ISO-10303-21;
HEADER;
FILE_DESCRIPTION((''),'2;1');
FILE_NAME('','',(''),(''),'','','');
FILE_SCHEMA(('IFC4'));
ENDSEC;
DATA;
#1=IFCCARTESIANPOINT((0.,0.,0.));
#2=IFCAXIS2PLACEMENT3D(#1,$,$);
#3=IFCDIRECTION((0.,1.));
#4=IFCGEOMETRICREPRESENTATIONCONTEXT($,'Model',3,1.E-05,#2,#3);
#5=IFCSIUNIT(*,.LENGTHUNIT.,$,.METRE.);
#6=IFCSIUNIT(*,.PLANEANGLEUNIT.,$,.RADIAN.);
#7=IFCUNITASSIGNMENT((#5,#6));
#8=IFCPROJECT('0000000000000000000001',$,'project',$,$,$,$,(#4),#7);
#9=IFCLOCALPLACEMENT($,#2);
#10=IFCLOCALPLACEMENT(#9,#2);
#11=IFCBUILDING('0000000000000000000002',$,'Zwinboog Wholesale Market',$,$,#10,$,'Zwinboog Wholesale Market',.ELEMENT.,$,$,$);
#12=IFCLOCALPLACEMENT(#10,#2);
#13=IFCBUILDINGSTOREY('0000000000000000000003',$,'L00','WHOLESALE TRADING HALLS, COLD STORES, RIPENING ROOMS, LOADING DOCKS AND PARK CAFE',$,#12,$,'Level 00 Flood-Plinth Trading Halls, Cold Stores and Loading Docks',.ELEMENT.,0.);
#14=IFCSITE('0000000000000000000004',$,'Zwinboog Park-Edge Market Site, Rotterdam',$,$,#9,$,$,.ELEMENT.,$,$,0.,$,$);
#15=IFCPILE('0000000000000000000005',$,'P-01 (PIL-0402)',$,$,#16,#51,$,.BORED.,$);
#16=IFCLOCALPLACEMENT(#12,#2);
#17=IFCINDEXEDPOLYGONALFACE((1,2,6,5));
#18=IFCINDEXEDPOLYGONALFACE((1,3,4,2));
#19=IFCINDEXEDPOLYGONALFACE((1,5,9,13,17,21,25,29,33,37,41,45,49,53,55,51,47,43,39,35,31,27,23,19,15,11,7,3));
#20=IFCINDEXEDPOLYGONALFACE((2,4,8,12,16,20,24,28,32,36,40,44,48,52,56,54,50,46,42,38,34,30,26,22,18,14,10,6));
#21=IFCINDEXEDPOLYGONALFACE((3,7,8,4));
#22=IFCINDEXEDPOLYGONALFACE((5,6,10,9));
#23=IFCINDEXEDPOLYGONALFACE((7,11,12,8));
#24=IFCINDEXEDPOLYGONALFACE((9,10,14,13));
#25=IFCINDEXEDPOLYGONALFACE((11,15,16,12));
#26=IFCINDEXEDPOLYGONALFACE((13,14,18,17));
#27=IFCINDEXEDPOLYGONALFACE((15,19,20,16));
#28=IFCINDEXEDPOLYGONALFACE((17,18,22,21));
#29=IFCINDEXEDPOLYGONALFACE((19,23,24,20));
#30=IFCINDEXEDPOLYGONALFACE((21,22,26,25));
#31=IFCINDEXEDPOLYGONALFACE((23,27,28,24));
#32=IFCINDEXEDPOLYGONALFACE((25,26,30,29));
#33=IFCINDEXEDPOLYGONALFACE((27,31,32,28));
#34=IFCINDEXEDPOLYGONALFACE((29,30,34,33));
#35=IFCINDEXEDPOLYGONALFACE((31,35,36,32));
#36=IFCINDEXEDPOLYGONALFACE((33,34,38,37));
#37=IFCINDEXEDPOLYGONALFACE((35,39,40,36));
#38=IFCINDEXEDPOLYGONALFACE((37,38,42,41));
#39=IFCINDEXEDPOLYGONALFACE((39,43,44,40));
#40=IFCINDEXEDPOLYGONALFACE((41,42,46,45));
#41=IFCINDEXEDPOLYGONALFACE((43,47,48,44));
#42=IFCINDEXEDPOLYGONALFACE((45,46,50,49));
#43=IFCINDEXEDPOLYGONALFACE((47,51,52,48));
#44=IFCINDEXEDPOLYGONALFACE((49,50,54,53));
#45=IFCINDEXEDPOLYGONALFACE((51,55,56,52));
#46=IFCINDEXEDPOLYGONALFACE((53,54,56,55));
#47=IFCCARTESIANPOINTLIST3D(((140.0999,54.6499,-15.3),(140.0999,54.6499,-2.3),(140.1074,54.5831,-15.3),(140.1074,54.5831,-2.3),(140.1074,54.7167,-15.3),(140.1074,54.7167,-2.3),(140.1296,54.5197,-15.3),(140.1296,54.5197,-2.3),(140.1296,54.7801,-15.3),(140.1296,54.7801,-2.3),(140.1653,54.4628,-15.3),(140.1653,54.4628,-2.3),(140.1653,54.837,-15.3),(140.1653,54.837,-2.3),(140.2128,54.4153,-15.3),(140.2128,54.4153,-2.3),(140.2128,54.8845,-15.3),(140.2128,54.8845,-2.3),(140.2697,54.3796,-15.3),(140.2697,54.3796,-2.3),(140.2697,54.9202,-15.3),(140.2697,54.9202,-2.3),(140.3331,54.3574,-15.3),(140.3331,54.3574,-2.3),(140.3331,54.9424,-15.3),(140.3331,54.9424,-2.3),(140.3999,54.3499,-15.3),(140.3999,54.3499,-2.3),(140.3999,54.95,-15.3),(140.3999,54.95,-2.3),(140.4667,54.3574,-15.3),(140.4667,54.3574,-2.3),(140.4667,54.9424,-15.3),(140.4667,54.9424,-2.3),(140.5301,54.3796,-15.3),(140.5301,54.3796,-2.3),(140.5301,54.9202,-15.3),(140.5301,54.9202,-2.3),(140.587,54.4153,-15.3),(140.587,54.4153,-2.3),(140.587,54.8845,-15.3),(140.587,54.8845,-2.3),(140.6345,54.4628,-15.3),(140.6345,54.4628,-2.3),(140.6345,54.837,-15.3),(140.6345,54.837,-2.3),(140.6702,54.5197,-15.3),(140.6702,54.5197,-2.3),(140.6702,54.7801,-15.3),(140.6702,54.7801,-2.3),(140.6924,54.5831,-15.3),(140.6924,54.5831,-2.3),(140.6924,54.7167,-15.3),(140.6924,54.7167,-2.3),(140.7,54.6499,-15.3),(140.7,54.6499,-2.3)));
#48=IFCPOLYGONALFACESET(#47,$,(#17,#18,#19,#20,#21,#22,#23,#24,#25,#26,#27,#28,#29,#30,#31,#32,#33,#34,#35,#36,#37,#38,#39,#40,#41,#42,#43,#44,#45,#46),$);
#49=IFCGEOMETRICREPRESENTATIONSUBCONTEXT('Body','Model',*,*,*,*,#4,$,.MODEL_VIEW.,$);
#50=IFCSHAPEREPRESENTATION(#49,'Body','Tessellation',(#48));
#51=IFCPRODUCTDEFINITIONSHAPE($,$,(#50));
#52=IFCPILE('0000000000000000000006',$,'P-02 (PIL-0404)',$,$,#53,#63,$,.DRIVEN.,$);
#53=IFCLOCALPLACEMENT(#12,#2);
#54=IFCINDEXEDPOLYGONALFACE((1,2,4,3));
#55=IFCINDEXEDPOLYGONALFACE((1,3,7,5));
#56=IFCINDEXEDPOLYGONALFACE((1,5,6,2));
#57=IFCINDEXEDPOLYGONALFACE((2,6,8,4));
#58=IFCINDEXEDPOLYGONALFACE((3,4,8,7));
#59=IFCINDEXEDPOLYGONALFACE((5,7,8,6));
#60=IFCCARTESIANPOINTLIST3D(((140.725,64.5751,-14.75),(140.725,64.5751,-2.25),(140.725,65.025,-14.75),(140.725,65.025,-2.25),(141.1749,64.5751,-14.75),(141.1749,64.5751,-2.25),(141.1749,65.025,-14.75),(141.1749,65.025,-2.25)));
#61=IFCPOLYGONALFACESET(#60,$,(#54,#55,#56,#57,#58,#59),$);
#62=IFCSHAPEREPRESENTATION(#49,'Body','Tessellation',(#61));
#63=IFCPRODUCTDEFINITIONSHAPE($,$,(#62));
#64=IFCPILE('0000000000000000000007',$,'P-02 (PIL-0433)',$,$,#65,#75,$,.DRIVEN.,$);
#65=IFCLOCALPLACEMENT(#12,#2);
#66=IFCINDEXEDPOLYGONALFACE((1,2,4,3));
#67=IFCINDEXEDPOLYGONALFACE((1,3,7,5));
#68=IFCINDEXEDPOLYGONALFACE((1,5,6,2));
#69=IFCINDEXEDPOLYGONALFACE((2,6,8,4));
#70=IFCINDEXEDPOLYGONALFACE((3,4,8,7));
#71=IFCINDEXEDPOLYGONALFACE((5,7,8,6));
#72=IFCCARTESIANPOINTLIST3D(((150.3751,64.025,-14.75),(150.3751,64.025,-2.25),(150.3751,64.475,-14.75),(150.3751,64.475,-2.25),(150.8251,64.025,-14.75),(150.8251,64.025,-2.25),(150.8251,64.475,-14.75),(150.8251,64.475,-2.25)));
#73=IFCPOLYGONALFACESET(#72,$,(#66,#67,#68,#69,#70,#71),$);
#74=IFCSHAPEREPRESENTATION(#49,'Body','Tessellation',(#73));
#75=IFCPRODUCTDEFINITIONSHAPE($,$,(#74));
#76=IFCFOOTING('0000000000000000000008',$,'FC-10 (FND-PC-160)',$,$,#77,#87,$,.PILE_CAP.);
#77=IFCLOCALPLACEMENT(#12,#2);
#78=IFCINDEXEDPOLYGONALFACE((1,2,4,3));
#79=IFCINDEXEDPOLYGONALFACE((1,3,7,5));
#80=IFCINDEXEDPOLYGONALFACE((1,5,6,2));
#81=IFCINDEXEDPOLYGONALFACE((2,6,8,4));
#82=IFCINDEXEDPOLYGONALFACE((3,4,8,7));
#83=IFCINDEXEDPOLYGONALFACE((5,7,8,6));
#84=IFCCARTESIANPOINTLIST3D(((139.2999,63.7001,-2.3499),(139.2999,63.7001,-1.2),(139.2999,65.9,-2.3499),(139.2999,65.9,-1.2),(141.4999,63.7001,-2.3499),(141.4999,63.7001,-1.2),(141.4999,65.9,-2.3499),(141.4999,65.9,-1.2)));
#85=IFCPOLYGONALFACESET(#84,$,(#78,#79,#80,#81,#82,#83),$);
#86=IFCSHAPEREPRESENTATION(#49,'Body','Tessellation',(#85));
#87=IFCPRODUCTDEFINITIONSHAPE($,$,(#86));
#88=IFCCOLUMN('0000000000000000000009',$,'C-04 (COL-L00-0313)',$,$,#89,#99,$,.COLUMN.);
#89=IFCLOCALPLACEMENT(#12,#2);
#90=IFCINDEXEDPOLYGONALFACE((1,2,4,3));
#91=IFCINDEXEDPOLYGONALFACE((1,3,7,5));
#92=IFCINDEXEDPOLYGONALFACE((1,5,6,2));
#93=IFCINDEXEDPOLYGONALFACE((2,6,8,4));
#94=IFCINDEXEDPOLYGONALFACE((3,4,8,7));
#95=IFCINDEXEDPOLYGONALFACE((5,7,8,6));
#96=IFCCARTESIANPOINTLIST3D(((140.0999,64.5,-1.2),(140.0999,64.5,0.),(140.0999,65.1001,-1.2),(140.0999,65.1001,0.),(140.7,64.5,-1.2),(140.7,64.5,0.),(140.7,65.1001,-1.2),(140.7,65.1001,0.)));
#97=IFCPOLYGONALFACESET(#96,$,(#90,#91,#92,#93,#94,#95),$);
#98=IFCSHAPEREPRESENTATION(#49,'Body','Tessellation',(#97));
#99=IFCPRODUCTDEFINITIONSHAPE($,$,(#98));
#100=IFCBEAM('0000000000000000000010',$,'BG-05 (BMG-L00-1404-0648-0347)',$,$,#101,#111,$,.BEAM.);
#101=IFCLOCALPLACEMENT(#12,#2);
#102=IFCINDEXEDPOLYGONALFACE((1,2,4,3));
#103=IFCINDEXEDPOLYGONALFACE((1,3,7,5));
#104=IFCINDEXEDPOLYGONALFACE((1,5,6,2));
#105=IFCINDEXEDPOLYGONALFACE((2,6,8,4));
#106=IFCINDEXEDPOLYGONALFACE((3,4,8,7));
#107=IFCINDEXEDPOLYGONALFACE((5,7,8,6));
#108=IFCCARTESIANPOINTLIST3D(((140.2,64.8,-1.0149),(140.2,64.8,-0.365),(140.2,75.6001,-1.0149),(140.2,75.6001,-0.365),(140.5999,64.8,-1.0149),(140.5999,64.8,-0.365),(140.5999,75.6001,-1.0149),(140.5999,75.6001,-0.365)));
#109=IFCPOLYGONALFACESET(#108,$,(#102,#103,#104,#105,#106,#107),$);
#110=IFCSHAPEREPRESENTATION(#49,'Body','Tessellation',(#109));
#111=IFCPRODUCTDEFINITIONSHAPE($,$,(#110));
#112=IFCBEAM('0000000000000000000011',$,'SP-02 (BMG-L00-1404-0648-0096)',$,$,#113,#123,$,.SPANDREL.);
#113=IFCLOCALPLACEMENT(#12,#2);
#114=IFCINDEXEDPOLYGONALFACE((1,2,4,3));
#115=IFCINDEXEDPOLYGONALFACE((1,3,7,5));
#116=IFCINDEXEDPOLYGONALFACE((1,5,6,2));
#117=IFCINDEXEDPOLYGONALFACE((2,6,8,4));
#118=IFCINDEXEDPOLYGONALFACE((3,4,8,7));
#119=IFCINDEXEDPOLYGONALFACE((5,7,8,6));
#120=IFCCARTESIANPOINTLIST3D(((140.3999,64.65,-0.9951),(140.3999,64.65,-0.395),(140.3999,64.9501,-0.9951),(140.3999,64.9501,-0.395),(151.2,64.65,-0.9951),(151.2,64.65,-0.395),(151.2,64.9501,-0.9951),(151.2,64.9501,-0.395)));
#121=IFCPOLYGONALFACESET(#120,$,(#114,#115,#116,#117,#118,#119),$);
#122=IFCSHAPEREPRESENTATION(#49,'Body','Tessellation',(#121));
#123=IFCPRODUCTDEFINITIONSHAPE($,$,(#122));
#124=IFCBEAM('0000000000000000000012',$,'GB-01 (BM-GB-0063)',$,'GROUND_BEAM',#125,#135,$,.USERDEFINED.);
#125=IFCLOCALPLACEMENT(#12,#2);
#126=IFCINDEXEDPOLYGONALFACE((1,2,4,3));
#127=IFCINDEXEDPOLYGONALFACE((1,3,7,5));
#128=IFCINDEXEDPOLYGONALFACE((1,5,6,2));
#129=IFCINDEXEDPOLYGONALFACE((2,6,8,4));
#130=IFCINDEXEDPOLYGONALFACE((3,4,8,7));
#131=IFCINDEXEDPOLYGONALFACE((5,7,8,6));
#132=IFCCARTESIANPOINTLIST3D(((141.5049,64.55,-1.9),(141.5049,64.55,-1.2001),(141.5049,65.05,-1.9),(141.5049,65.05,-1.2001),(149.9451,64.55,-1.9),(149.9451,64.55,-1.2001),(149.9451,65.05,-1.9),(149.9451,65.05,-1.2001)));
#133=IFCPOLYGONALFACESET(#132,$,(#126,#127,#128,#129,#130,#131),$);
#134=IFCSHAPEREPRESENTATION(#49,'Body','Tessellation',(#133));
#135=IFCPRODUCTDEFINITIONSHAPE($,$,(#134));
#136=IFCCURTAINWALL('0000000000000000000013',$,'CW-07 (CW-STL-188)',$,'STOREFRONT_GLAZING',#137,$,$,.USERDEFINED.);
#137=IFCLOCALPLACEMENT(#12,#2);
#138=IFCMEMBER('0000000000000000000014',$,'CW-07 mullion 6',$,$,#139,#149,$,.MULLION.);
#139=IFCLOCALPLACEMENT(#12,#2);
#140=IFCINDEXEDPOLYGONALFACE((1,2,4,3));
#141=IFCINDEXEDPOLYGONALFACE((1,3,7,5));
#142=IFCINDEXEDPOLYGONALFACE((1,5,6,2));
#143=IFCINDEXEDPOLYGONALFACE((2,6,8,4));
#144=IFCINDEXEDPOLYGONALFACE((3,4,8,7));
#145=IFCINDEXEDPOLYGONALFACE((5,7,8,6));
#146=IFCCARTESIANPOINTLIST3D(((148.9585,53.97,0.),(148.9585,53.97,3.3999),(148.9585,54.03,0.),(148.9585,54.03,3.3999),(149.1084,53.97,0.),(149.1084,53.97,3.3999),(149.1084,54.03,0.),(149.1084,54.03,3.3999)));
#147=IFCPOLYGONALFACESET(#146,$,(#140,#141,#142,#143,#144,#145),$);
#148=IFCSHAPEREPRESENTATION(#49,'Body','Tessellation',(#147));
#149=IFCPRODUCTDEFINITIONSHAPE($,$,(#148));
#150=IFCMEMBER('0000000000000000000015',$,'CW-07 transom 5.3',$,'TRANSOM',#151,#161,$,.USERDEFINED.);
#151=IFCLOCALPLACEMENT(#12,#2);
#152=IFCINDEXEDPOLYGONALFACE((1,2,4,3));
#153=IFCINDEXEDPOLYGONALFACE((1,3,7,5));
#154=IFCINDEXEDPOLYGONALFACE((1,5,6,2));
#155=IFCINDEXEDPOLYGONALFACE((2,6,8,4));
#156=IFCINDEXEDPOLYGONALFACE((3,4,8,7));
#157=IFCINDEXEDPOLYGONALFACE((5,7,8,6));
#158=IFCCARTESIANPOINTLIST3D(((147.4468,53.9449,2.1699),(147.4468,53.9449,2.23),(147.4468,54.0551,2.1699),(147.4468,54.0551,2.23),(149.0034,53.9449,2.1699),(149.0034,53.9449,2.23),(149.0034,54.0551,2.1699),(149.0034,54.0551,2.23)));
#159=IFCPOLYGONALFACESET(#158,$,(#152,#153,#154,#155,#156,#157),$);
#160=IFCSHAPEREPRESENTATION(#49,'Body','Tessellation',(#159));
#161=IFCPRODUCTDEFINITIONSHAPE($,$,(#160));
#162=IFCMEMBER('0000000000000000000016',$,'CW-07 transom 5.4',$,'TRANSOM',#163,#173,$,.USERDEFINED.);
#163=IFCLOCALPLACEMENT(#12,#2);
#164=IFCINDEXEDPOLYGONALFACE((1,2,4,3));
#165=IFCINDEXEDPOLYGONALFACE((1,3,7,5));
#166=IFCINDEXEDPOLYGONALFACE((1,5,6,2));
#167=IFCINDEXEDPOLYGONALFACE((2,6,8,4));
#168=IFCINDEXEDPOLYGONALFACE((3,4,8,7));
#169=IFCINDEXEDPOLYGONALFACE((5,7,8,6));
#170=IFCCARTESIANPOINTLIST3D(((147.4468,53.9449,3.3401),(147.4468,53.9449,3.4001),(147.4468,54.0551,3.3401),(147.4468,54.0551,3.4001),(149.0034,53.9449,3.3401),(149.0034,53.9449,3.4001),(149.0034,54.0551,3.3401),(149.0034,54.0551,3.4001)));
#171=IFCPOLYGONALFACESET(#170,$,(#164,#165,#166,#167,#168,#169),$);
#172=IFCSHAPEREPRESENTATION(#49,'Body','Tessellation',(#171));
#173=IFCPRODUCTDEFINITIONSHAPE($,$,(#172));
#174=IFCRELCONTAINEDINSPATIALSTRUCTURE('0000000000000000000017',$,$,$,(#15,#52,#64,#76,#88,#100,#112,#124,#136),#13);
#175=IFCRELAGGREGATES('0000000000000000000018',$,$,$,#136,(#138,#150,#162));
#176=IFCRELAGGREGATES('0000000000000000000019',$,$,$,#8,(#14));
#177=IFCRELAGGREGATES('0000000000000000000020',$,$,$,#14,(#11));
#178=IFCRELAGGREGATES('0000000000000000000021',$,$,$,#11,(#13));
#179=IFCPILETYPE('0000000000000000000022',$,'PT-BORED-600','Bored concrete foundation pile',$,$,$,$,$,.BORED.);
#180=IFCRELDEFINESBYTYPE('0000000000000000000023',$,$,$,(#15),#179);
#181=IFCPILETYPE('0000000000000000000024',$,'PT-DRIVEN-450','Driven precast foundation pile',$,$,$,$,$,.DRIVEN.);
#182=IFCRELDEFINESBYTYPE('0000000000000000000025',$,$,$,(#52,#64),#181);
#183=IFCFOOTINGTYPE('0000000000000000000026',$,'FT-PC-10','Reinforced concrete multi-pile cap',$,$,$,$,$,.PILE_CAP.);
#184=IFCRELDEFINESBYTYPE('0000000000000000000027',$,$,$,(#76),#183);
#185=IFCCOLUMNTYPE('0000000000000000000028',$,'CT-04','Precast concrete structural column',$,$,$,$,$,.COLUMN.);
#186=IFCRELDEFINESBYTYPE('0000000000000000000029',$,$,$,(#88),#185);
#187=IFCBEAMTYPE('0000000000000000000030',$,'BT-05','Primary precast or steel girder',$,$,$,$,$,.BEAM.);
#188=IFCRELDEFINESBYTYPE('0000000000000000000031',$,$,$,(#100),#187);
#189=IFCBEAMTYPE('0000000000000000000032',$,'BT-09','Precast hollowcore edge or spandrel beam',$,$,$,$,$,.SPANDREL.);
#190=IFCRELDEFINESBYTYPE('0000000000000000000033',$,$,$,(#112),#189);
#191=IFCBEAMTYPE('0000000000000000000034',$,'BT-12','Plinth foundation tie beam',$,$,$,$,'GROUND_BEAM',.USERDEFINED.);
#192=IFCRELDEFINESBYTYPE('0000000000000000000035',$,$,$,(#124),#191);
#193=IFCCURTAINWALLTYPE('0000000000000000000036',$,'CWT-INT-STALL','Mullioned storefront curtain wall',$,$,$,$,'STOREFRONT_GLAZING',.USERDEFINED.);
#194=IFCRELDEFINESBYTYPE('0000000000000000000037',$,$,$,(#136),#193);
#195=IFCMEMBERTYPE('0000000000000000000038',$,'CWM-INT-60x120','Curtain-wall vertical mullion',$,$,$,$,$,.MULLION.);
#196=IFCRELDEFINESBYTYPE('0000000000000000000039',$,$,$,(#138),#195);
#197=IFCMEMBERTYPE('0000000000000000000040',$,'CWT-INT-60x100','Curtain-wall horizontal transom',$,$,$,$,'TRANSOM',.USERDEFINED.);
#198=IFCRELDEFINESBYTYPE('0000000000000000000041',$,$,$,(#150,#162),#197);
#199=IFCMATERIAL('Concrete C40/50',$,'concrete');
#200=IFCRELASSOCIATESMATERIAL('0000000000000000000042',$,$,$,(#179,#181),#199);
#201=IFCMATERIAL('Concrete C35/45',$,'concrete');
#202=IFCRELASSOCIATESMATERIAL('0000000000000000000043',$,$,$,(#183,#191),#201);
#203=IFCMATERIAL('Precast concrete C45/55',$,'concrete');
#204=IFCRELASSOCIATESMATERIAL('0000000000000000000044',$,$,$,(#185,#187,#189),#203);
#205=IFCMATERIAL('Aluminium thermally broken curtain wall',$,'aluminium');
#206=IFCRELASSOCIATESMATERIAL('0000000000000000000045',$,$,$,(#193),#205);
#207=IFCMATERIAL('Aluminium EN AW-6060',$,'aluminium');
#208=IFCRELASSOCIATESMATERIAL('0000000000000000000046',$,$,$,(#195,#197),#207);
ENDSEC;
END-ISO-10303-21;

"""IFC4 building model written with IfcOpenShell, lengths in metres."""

from ifc_helpers import new_model, si_unit, direction, frame, origin, origin_2d, place, context, subcontext, project, spatial, rectangle, circle, extrude, material, material_profile, profile_set, type_object, element, aggregate, save


model = new_model("IFC4")

# Units and contexts
model_context = context("Model", 3, precision=1e-05, world=origin(), true_north=direction((0.0, 1.0)))
body_context = subcontext(model_context, "Body", "Model", "MODEL_VIEW")
ifc_project = project(units=[si_unit("LENGTHUNIT", "METRE"), si_unit("PLANEANGLEUNIT", "RADIAN")], contexts=[model_context])

# Site, building, storey
site_placement = place(None, origin())
site = spatial("IfcSite", under=ifc_project, at=site_placement, Name="Zwinboog Park-Edge Market Site, Rotterdam", CompositionType="ELEMENT", RefElevation=0.0)
building_placement = place(site_placement, origin())
building = spatial("IfcBuilding", under=site, at=building_placement, Name="Zwinboog Wholesale Market", LongName="Zwinboog Wholesale Market", CompositionType="ELEMENT")
storey_placement = place(building_placement, origin())
storey = spatial("IfcBuildingStorey", under=building, at=storey_placement, Name="L00", Description="WHOLESALE TRADING HALLS, COLD STORES, RIPENING ROOMS, LOADING DOCKS AND PARK CAFE", LongName="Level 00 Flood-Plinth Trading Halls, Cold Stores and Loading Docks", CompositionType="ELEMENT", Elevation=0.0)

# Piles
ifc_material_1 = material(Name="Concrete C40/50", Category="concrete")
ifc_material_profile_1 = material_profile(ifc_material_1, circle(Radius=0.3, at=origin_2d()), Name="PILE D600")
ifc_profile_set_1 = profile_set([ifc_material_profile_1], Name="Concrete C40/50")
pile_type_1 = type_object("IfcPileType", Name="PT-BORED-600", Description="Bored concrete foundation pile", PredefinedType="BORED", material=ifc_profile_set_1)
pile_placement = place(storey_placement, frame((140.3999, 54.6499, -2.3), z_axis=(0.0, 0.0, -1.0), x_axis=(1.0, 0.0, 0.0)))
element("IfcPile", 1, at=pile_placement, inside=storey, type_object=pile_type_1, Name="P-01 (PIL-0402)", PredefinedType="BORED", context=body_context, shape_type="SweptSolid", body=[
    extrude(circle(Radius=0.3, at=origin_2d()), origin(), (0.0, 0.0, 1.0), 13.0),
])
ifc_material_profile_2 = material_profile(ifc_material_1, rectangle(XDim=0.45, YDim=0.45, at=origin_2d()), Name="PILE SQ450")
ifc_profile_set_2 = profile_set([ifc_material_profile_2], Name="Concrete C40/50")
pile_type_2 = type_object("IfcPileType", Name="PT-DRIVEN-450", Description="Driven precast foundation pile", PredefinedType="DRIVEN", material=ifc_profile_set_2)
for number, where, z_axis, x_axis, name in (
    (2, (140.95, 64.8, -2.25), (0.0, 0.0, -1.0), (1.0, 0.0, 0.0), "P-02 (PIL-0404)"),
    (3, (150.6001, 64.25, -2.25), (0.0, 0.0, -1.0), (1.0, 0.0, 0.0), "P-02 (PIL-0433)"),
):
    element("IfcPile", number, at=place(storey_placement, frame(where, z_axis=z_axis, x_axis=x_axis)), inside=storey, type_object=pile_type_2, Name=name, PredefinedType="DRIVEN", context=body_context, shape_type="SweptSolid", body=[
        extrude(rectangle(XDim=0.45, YDim=0.45, at=origin_2d()), origin(), (0.0, 0.0, 1.0), 12.5),
    ])

# Footing
ifc_material_2 = material(Name="Concrete C35/45", Category="concrete")
footing_type = type_object("IfcFootingType", Name="FT-PC-10", Description="Reinforced concrete multi-pile cap", PredefinedType="PILE_CAP", material=ifc_material_2)
footing_placement = place(storey_placement, frame((140.3999, 64.8, -2.3499), z_axis=(0.0, 0.0, 1.0), x_axis=(1.0, 0.0, 0.0)))
element("IfcFooting", 4, at=footing_placement, inside=storey, type_object=footing_type, Name="FC-10 (FND-PC-160)", PredefinedType="PILE_CAP", context=body_context, shape_type="SweptSolid", body=[
    extrude(rectangle(XDim=2.2, YDim=2.2, at=origin_2d()), origin(), (0.0, 0.0, 1.0), 1.1499),
])

# Column
ifc_material_3 = material(Name="Precast concrete C45/55", Category="concrete")
ifc_material_profile_3 = material_profile(ifc_material_3, rectangle(XDim=0.6001, YDim=0.6001, at=origin_2d()), Name="PC 600x600")
ifc_profile_set_3 = profile_set([ifc_material_profile_3], Name="Precast concrete C45/55")
column_type = type_object("IfcColumnType", Name="CT-04", Description="Precast concrete structural column", PredefinedType="COLUMN", material=ifc_profile_set_3)
column_placement = place(storey_placement, frame((140.3999, 64.8, -1.2), z_axis=(0.0, 0.0, 1.0), x_axis=(1.0, 0.0, 0.0)))
element("IfcColumn", 5, at=column_placement, inside=storey, type_object=column_type, Name="C-04 (COL-L00-0313)", PredefinedType="COLUMN", context=body_context, shape_type="SweptSolid", body=[
    extrude(rectangle(XDim=0.6001, YDim=0.6001, at=origin_2d()), origin(), (0.0, 0.0, 1.0), 1.2),
])

# Beams
ifc_material_profile_4 = material_profile(ifc_material_3, rectangle(XDim=0.3999, YDim=0.6499, at=origin_2d()), Name="PC 400x650")
ifc_profile_set_4 = profile_set([ifc_material_profile_4], Name="Precast concrete C45/55")
beam_type_1 = type_object("IfcBeamType", Name="BT-05", Description="Primary precast or steel girder", PredefinedType="BEAM", material=ifc_profile_set_4)
beam_1_placement = place(storey_placement, frame((140.3999, 64.8, -0.6899), z_axis=(0.0, 1.0, 0.0), x_axis=(-1.0, 0.0, 0.0)))
element("IfcBeam", 6, at=beam_1_placement, inside=storey, type_object=beam_type_1, Name="BG-05 (BMG-L00-1404-0648-0347)", PredefinedType="BEAM", context=body_context, shape_type="SweptSolid", body=[
    extrude(rectangle(XDim=0.3999, YDim=0.6499, at=origin_2d()), origin(), (0.0, 0.0, 1.0), 10.8),
])
ifc_material_profile_5 = material_profile(ifc_material_3, rectangle(XDim=0.3, YDim=0.6001, at=origin_2d()), Name="PC 300x600")
ifc_profile_set_5 = profile_set([ifc_material_profile_5], Name="Precast concrete C45/55")
beam_type_2 = type_object("IfcBeamType", Name="BT-09", Description="Precast hollowcore edge or spandrel beam", PredefinedType="SPANDREL", material=ifc_profile_set_5)
beam_2_placement = place(storey_placement, frame((140.3999, 64.8, -0.6951), z_axis=(1.0, 0.0, 0.0), x_axis=(0.0, 1.0, 0.0)))
element("IfcBeam", 7, at=beam_2_placement, inside=storey, type_object=beam_type_2, Name="SP-02 (BMG-L00-1404-0648-0096)", PredefinedType="SPANDREL", context=body_context, shape_type="SweptSolid", body=[
    extrude(rectangle(XDim=0.3, YDim=0.6001, at=origin_2d()), origin(), (0.0, 0.0, 1.0), 10.8),
])
ifc_material_profile_6 = material_profile(ifc_material_2, rectangle(XDim=0.5, YDim=0.7, at=origin_2d()), Name="RC 500x700")
ifc_profile_set_6 = profile_set([ifc_material_profile_6], Name="Concrete C35/45")
beam_type_3 = type_object("IfcBeamType", Name="BT-12", Description="Plinth foundation tie beam", ElementType="GROUND_BEAM", PredefinedType="USERDEFINED", material=ifc_profile_set_6)
beam_3_placement = place(storey_placement, frame((141.5049, 64.8, -1.55), z_axis=(1.0, 0.0, 0.0), x_axis=(0.0, 1.0, 0.0)))
element("IfcBeam", 8, at=beam_3_placement, inside=storey, type_object=beam_type_3, Name="GB-01 (BM-GB-0063)", ObjectType="GROUND_BEAM", PredefinedType="USERDEFINED", context=body_context, shape_type="SweptSolid", body=[
    extrude(rectangle(XDim=0.5, YDim=0.7, at=origin_2d()), origin(), (0.0, 0.0, 1.0), 8.4402),
])

# Curtain wall, members
ifc_material_4 = material(Name="Aluminium thermally broken curtain wall", Category="aluminium")
curtain_wall_type = type_object("IfcCurtainWallType", Name="CWT-INT-STALL", Description="Mullioned storefront curtain wall", ElementType="STOREFRONT_GLAZING", PredefinedType="USERDEFINED", material=ifc_material_4)
curtain_wall_placement = place(storey_placement, origin())
curtain_wall = element("IfcCurtainWall", 9, at=curtain_wall_placement, inside=storey, type_object=curtain_wall_type, Name="CW-07 (CW-STL-188)", ObjectType="STOREFRONT_GLAZING", PredefinedType="USERDEFINED")
ifc_material_5 = material(Name="Aluminium EN AW-6060", Category="aluminium")
ifc_material_profile_7 = material_profile(ifc_material_5, rectangle(XDim=0.0601, YDim=0.1499, at=origin_2d()), Name="AL 60x150")
ifc_profile_set_7 = profile_set([ifc_material_profile_7], Name="Aluminium EN AW-6060")
member_type_1 = type_object("IfcMemberType", Name="CWM-INT-60x120", Description="Curtain-wall vertical mullion", PredefinedType="MULLION", material=ifc_profile_set_7)
member_1_placement = place(storey_placement, frame((149.0334, 54.0, 0.0), z_axis=(0.0, 0.0, 1.0), x_axis=(0.0, 1.0, 0.0)))
member_1 = element("IfcMember", 10, at=member_1_placement, type_object=member_type_1, Name="CW-07 mullion 6", PredefinedType="MULLION", context=body_context, shape_type="SweptSolid", body=[
    extrude(rectangle(XDim=0.0601, YDim=0.1499, at=origin_2d()), origin(), (0.0, 0.0, 1.0), 3.3999),
])
ifc_material_profile_8 = material_profile(ifc_material_5, rectangle(XDim=0.1101, YDim=0.0601, at=origin_2d()), Name="AL 60x110")
ifc_profile_set_8 = profile_set([ifc_material_profile_8], Name="Aluminium EN AW-6060")
member_type_2 = type_object("IfcMemberType", Name="CWT-INT-60x100", Description="Curtain-wall horizontal transom", ElementType="TRANSOM", PredefinedType="USERDEFINED", material=ifc_profile_set_8)
member_2_placement = place(storey_placement, frame((147.4468, 54.0, 2.2), z_axis=(1.0, 0.0, 0.0), x_axis=(0.0, 1.0, 0.0)))
member_2 = element("IfcMember", 11, at=member_2_placement, type_object=member_type_2, Name="CW-07 transom 5.3", ObjectType="TRANSOM", PredefinedType="USERDEFINED", context=body_context, shape_type="SweptSolid", body=[
    extrude(rectangle(XDim=0.1101, YDim=0.0601, at=origin_2d()), origin(), (0.0, 0.0, 1.0), 1.5566),
])
member_3_placement = place(storey_placement, frame((147.4468, 54.0, 3.3701), z_axis=(1.0, 0.0, 0.0), x_axis=(0.0, 1.0, 0.0)))
member_3 = element("IfcMember", 12, at=member_3_placement, type_object=member_type_2, Name="CW-07 transom 5.4", ObjectType="TRANSOM", PredefinedType="USERDEFINED", context=body_context, shape_type="SweptSolid", body=[
    extrude(rectangle(XDim=0.1101, YDim=0.0601, at=origin_2d()), origin(), (0.0, 0.0, 1.0), 1.5566),
])
aggregate(curtain_wall, [member_1, member_2, member_3])

save(model, "model.ifc")
